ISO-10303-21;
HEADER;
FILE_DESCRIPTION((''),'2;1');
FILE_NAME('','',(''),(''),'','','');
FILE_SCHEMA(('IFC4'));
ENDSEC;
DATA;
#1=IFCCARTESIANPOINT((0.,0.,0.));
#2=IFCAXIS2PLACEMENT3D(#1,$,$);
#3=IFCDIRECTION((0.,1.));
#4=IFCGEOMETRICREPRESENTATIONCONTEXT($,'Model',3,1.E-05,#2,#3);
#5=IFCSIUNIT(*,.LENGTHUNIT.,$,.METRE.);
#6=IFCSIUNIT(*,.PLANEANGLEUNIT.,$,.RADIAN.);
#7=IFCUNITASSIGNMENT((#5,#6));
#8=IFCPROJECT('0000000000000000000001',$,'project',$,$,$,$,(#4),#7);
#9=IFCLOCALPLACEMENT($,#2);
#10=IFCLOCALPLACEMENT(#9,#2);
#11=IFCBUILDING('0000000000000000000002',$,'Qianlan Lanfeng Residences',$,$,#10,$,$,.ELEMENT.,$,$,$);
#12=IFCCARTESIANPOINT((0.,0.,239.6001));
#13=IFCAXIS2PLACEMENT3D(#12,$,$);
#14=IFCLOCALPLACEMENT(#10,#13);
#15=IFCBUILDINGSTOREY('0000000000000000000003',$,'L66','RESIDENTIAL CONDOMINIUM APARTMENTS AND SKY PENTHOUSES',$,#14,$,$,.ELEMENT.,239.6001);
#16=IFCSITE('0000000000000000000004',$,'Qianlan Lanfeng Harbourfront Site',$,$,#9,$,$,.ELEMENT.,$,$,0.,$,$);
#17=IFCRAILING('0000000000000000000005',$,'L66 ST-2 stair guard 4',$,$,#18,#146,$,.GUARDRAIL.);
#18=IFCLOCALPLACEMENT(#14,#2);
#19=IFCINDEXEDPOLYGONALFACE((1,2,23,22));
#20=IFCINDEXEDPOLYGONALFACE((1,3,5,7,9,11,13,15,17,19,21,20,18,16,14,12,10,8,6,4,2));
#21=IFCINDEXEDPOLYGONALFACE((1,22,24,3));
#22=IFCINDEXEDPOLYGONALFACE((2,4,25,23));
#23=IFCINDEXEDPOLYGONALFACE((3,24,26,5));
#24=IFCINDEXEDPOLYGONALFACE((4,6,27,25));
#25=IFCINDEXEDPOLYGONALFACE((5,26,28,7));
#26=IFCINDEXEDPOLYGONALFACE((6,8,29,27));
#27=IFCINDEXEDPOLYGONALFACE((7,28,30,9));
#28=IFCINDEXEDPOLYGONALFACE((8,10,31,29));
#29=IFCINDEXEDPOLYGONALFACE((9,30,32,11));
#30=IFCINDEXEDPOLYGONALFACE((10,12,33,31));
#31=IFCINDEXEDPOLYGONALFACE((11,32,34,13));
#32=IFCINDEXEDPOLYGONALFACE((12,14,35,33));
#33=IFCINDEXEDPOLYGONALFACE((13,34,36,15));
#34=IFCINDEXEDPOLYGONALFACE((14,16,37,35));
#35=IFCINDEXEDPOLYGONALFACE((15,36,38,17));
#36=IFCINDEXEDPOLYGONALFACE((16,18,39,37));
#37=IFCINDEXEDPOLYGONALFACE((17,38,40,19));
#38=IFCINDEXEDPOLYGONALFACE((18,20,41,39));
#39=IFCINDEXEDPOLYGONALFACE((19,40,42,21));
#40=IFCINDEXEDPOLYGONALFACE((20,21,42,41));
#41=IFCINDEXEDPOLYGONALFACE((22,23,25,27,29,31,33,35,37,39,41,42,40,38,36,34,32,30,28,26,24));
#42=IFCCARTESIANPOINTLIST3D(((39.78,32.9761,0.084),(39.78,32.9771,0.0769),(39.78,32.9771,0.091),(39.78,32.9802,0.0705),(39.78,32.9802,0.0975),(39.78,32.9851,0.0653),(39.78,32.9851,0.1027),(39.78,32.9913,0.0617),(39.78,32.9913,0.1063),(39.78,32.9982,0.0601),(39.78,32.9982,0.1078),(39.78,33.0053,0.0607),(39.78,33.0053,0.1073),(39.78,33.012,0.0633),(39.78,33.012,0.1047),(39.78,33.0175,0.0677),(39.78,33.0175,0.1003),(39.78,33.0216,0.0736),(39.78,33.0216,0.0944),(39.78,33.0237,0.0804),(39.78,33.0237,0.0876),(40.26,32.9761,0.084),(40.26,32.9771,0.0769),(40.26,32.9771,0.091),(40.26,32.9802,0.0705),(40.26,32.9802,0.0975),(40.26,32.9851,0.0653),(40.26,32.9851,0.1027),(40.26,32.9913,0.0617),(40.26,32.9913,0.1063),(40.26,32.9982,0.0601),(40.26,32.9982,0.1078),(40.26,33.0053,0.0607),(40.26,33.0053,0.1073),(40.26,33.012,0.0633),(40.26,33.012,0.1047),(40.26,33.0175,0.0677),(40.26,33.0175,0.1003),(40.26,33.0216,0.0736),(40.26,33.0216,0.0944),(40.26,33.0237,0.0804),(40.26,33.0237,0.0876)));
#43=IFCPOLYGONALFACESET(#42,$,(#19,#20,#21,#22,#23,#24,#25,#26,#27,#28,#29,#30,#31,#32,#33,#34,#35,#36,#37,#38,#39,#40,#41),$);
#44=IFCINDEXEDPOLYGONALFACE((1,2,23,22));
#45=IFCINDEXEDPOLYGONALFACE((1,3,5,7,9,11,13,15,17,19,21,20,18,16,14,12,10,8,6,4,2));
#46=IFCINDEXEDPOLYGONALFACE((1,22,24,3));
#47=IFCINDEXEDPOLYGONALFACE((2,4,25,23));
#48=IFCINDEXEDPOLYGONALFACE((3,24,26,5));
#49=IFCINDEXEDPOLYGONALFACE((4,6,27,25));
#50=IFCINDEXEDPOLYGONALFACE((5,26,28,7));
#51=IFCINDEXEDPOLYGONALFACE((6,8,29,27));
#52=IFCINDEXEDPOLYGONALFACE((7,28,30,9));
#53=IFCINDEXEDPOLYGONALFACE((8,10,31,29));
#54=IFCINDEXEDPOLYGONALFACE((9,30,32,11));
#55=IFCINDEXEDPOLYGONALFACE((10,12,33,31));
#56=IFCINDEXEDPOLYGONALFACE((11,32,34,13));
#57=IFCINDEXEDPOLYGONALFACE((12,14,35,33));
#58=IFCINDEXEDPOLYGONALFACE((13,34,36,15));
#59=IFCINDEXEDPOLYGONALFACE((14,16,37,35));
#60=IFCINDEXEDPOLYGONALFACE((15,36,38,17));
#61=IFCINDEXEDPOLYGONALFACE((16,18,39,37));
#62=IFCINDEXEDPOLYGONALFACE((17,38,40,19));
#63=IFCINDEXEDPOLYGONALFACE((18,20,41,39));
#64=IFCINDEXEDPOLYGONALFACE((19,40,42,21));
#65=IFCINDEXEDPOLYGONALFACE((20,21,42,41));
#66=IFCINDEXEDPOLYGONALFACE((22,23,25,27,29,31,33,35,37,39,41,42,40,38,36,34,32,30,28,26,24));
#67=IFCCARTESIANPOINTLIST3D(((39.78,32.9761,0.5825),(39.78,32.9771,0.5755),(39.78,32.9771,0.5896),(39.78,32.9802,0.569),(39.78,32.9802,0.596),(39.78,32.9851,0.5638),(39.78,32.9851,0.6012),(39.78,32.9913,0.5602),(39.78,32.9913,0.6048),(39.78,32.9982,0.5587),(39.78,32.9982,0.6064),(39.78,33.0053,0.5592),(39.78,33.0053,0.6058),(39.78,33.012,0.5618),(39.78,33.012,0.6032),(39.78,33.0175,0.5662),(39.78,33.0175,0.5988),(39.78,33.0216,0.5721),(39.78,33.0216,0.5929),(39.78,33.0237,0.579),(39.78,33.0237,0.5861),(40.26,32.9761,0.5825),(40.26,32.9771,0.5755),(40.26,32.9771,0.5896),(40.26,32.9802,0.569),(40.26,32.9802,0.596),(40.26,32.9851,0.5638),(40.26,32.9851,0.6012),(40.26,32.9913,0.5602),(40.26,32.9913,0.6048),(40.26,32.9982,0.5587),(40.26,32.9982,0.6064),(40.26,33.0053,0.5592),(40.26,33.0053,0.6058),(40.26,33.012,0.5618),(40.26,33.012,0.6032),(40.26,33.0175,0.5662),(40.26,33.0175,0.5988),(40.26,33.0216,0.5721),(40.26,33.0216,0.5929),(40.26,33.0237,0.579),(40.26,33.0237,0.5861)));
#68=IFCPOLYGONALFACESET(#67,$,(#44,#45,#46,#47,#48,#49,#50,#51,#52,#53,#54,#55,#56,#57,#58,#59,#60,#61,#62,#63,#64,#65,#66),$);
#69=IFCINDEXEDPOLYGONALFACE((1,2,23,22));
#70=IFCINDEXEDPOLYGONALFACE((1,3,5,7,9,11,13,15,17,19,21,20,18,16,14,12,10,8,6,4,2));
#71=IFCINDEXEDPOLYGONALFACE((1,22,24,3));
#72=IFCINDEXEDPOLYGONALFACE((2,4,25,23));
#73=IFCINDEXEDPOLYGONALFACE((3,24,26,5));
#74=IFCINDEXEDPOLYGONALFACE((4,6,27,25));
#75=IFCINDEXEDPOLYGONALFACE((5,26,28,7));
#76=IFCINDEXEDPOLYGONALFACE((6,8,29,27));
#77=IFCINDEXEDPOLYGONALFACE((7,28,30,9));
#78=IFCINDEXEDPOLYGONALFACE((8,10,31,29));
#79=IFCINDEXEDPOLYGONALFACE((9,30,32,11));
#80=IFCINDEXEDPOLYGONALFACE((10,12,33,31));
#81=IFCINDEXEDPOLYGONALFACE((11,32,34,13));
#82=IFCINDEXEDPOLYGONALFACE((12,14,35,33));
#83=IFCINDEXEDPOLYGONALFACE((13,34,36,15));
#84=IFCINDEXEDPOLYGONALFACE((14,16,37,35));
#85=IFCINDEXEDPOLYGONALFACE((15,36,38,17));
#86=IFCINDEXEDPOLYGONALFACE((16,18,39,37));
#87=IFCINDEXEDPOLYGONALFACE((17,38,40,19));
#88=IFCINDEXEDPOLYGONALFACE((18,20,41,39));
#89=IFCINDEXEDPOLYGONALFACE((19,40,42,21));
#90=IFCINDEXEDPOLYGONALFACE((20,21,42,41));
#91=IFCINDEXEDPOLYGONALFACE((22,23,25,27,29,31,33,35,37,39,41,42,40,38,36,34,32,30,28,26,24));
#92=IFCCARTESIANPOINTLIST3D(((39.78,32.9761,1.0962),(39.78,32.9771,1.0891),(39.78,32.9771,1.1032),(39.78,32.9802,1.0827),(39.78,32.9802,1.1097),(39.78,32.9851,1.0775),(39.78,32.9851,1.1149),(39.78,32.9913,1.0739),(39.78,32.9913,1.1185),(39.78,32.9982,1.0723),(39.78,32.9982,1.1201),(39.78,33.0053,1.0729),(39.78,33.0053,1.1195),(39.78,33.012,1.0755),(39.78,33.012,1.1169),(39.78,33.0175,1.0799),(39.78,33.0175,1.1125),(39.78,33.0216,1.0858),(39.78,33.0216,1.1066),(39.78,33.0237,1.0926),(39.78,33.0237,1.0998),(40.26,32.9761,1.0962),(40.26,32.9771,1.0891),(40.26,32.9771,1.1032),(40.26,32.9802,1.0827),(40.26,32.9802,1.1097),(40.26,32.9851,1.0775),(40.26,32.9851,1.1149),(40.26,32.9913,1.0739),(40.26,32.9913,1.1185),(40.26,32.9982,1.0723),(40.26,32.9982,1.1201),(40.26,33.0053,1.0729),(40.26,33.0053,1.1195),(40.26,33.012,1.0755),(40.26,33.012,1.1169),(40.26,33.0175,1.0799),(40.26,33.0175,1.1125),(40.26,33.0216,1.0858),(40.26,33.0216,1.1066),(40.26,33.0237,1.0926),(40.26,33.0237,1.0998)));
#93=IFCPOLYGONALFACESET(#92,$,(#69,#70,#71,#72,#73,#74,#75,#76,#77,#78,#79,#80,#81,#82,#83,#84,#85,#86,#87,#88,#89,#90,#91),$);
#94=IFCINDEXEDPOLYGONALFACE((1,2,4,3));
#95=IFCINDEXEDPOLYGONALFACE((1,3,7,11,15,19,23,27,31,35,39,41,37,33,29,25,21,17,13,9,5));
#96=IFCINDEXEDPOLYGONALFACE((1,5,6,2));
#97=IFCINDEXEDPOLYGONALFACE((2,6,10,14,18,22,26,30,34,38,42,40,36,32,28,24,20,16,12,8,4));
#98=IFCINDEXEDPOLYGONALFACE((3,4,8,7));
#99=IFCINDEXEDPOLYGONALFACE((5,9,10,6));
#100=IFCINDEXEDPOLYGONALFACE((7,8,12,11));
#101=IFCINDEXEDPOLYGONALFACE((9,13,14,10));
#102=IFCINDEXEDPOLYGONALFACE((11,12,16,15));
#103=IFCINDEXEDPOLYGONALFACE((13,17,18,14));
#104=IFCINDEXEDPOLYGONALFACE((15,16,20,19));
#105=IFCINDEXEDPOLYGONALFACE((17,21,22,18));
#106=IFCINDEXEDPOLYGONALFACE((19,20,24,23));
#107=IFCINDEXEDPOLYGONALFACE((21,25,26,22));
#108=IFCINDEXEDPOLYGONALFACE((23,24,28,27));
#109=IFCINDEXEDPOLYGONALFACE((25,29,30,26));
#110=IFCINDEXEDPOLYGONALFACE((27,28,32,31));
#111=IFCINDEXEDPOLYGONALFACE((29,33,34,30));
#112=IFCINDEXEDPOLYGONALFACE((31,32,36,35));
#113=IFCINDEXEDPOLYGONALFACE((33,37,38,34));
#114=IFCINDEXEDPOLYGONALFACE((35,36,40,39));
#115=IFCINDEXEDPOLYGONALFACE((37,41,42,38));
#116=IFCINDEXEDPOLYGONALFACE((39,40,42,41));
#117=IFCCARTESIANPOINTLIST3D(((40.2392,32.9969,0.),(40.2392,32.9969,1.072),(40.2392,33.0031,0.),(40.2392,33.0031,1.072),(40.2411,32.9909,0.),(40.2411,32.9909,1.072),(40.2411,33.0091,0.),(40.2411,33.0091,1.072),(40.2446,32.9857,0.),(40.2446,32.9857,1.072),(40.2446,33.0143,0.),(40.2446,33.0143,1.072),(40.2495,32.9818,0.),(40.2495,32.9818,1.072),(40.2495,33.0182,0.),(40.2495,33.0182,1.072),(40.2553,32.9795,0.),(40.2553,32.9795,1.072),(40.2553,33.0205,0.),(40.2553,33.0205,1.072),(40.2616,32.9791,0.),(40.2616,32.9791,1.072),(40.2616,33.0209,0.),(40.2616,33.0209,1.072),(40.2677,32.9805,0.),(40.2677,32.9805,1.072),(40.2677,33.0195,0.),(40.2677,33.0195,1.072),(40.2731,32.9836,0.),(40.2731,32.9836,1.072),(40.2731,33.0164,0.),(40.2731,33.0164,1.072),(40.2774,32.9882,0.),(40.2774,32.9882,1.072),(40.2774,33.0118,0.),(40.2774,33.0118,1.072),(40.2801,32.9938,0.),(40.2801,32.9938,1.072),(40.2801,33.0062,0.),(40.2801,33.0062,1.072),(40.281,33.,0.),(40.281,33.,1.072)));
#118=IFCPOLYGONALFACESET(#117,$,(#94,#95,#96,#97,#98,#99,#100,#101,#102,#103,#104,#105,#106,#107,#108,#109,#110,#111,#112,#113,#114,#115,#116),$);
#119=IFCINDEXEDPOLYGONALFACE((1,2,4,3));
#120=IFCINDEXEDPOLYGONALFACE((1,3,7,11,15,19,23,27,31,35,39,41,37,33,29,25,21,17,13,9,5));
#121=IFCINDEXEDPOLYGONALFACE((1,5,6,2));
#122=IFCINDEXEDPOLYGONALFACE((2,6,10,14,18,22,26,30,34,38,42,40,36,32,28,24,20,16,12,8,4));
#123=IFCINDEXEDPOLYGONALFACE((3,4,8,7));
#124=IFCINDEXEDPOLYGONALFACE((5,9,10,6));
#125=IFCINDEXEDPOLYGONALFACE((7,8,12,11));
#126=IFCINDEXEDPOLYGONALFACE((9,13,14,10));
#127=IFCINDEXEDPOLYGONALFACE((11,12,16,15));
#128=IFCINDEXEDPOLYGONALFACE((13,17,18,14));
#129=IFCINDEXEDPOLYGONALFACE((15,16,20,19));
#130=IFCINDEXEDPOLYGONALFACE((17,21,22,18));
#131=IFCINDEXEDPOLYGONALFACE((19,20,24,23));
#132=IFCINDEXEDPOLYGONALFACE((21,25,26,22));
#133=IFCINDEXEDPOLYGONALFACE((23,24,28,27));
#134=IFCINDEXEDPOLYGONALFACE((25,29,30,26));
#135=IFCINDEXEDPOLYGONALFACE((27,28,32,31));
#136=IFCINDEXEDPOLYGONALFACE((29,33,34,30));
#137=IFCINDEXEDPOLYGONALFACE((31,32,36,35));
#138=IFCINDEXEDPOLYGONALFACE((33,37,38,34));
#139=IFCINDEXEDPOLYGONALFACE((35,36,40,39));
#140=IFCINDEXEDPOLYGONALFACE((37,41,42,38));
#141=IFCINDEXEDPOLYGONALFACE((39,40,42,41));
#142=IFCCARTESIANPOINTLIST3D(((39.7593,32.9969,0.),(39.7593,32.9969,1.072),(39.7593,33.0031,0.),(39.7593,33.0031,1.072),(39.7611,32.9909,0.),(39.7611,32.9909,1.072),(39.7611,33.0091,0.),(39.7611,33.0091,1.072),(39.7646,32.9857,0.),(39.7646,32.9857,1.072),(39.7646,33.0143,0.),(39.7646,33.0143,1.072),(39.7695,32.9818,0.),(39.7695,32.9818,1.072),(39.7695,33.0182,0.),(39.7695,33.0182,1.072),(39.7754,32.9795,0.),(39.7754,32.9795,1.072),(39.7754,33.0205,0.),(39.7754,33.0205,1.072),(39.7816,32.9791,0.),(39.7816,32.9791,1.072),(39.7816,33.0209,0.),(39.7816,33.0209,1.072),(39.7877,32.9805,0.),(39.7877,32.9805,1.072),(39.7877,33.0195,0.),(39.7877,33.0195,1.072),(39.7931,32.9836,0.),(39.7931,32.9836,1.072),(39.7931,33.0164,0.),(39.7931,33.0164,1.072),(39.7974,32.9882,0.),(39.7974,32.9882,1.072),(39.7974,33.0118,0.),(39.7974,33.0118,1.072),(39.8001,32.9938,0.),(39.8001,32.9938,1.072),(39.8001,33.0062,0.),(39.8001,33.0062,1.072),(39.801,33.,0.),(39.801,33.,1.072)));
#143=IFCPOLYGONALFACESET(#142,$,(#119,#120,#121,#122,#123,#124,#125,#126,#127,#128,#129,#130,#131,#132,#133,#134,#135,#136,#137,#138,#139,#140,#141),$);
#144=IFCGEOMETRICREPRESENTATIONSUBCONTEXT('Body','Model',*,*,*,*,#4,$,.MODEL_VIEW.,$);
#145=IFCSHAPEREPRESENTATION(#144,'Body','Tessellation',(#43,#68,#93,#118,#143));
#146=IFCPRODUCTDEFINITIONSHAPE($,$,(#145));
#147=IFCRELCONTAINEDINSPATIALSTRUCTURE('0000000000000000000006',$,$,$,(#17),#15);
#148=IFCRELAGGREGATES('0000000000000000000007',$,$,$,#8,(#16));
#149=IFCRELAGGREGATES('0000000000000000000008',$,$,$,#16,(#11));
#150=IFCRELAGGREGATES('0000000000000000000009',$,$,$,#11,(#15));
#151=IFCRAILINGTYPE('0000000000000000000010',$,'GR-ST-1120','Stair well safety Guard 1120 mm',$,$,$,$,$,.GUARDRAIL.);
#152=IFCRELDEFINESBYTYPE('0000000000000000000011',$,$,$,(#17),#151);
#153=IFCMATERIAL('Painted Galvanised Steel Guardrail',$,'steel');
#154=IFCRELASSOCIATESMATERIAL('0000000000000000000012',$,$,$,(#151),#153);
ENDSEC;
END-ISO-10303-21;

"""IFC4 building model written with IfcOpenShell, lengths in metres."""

from ifc_helpers import new_model, si_unit, direction, frame, origin, origin_2d, place, context, subcontext, project, spatial, circle, extrude, material, type_object, element, save


model = new_model("IFC4")

# Units and contexts
model_context = context("Model", 3, precision=1e-05, world=origin(), true_north=direction((0.0, 1.0)))
body_context = subcontext(model_context, "Body", "Model", "MODEL_VIEW")
ifc_project = project(units=[si_unit("LENGTHUNIT", "METRE"), si_unit("PLANEANGLEUNIT", "RADIAN")], contexts=[model_context])

# Site, building, storey
site_placement = place(None, origin())
site = spatial("IfcSite", under=ifc_project, at=site_placement, Name="Qianlan Lanfeng Harbourfront Site", CompositionType="ELEMENT", RefElevation=0.0)
building_placement = place(site_placement, origin())
building = spatial("IfcBuilding", under=site, at=building_placement, Name="Qianlan Lanfeng Residences", CompositionType="ELEMENT")
storey_placement = place(building_placement, frame((0.0, 0.0, 239.6001)))
storey = spatial("IfcBuildingStorey", under=building, at=storey_placement, Name="L66", Description="RESIDENTIAL CONDOMINIUM APARTMENTS AND SKY PENTHOUSES", CompositionType="ELEMENT", Elevation=239.6001)

# Railing
ifc_material_1 = material(Name="Painted Galvanised Steel Guardrail", Category="steel")
railing_type_1 = type_object("IfcRailingType", Name="GR-ST-1120", Description="Stair well safety Guard 1120 mm", PredefinedType="GUARDRAIL", material=ifc_material_1)
railing_1_placement = place(storey_placement, frame((40.26, 33.0, 0.0)))
element("IfcRailing", 1, at=railing_1_placement, inside=storey, type_object=railing_type_1, Name="L66 ST-2 stair guard 4", PredefinedType="GUARDRAIL", context=body_context, shape_type="SweptSolid", body=[
    extrude(circle(Radius=0.0239, at=origin_2d()), frame((0.0, 0.0, 0.084), z_axis=(-1.0, 0.0, 0.0), x_axis=(0.0, -1.0, 0.0)), (0.0, 0.0, 1.0), 0.48),
    extrude(circle(Radius=0.0239, at=origin_2d()), frame((0.0, 0.0, 0.5825), z_axis=(-1.0, 0.0, 0.0), x_axis=(0.0, -1.0, 0.0)), (0.0, 0.0, 1.0), 0.48),
    extrude(circle(Radius=0.0239, at=origin_2d()), frame((0.0, 0.0, 1.0962), z_axis=(-1.0, 0.0, 0.0), x_axis=(0.0, -1.0, 0.0)), (0.0, 0.0, 1.0), 0.48),
    extrude(circle(Radius=0.021, at=origin_2d()), origin(), (0.0, 0.0, 1.0), 1.072),
    extrude(circle(Radius=0.021, at=origin_2d()), frame((-0.48, 0.0, 0.0)), (0.0, 0.0, 1.0), 1.072),
])

save(model, "model.ifc")
